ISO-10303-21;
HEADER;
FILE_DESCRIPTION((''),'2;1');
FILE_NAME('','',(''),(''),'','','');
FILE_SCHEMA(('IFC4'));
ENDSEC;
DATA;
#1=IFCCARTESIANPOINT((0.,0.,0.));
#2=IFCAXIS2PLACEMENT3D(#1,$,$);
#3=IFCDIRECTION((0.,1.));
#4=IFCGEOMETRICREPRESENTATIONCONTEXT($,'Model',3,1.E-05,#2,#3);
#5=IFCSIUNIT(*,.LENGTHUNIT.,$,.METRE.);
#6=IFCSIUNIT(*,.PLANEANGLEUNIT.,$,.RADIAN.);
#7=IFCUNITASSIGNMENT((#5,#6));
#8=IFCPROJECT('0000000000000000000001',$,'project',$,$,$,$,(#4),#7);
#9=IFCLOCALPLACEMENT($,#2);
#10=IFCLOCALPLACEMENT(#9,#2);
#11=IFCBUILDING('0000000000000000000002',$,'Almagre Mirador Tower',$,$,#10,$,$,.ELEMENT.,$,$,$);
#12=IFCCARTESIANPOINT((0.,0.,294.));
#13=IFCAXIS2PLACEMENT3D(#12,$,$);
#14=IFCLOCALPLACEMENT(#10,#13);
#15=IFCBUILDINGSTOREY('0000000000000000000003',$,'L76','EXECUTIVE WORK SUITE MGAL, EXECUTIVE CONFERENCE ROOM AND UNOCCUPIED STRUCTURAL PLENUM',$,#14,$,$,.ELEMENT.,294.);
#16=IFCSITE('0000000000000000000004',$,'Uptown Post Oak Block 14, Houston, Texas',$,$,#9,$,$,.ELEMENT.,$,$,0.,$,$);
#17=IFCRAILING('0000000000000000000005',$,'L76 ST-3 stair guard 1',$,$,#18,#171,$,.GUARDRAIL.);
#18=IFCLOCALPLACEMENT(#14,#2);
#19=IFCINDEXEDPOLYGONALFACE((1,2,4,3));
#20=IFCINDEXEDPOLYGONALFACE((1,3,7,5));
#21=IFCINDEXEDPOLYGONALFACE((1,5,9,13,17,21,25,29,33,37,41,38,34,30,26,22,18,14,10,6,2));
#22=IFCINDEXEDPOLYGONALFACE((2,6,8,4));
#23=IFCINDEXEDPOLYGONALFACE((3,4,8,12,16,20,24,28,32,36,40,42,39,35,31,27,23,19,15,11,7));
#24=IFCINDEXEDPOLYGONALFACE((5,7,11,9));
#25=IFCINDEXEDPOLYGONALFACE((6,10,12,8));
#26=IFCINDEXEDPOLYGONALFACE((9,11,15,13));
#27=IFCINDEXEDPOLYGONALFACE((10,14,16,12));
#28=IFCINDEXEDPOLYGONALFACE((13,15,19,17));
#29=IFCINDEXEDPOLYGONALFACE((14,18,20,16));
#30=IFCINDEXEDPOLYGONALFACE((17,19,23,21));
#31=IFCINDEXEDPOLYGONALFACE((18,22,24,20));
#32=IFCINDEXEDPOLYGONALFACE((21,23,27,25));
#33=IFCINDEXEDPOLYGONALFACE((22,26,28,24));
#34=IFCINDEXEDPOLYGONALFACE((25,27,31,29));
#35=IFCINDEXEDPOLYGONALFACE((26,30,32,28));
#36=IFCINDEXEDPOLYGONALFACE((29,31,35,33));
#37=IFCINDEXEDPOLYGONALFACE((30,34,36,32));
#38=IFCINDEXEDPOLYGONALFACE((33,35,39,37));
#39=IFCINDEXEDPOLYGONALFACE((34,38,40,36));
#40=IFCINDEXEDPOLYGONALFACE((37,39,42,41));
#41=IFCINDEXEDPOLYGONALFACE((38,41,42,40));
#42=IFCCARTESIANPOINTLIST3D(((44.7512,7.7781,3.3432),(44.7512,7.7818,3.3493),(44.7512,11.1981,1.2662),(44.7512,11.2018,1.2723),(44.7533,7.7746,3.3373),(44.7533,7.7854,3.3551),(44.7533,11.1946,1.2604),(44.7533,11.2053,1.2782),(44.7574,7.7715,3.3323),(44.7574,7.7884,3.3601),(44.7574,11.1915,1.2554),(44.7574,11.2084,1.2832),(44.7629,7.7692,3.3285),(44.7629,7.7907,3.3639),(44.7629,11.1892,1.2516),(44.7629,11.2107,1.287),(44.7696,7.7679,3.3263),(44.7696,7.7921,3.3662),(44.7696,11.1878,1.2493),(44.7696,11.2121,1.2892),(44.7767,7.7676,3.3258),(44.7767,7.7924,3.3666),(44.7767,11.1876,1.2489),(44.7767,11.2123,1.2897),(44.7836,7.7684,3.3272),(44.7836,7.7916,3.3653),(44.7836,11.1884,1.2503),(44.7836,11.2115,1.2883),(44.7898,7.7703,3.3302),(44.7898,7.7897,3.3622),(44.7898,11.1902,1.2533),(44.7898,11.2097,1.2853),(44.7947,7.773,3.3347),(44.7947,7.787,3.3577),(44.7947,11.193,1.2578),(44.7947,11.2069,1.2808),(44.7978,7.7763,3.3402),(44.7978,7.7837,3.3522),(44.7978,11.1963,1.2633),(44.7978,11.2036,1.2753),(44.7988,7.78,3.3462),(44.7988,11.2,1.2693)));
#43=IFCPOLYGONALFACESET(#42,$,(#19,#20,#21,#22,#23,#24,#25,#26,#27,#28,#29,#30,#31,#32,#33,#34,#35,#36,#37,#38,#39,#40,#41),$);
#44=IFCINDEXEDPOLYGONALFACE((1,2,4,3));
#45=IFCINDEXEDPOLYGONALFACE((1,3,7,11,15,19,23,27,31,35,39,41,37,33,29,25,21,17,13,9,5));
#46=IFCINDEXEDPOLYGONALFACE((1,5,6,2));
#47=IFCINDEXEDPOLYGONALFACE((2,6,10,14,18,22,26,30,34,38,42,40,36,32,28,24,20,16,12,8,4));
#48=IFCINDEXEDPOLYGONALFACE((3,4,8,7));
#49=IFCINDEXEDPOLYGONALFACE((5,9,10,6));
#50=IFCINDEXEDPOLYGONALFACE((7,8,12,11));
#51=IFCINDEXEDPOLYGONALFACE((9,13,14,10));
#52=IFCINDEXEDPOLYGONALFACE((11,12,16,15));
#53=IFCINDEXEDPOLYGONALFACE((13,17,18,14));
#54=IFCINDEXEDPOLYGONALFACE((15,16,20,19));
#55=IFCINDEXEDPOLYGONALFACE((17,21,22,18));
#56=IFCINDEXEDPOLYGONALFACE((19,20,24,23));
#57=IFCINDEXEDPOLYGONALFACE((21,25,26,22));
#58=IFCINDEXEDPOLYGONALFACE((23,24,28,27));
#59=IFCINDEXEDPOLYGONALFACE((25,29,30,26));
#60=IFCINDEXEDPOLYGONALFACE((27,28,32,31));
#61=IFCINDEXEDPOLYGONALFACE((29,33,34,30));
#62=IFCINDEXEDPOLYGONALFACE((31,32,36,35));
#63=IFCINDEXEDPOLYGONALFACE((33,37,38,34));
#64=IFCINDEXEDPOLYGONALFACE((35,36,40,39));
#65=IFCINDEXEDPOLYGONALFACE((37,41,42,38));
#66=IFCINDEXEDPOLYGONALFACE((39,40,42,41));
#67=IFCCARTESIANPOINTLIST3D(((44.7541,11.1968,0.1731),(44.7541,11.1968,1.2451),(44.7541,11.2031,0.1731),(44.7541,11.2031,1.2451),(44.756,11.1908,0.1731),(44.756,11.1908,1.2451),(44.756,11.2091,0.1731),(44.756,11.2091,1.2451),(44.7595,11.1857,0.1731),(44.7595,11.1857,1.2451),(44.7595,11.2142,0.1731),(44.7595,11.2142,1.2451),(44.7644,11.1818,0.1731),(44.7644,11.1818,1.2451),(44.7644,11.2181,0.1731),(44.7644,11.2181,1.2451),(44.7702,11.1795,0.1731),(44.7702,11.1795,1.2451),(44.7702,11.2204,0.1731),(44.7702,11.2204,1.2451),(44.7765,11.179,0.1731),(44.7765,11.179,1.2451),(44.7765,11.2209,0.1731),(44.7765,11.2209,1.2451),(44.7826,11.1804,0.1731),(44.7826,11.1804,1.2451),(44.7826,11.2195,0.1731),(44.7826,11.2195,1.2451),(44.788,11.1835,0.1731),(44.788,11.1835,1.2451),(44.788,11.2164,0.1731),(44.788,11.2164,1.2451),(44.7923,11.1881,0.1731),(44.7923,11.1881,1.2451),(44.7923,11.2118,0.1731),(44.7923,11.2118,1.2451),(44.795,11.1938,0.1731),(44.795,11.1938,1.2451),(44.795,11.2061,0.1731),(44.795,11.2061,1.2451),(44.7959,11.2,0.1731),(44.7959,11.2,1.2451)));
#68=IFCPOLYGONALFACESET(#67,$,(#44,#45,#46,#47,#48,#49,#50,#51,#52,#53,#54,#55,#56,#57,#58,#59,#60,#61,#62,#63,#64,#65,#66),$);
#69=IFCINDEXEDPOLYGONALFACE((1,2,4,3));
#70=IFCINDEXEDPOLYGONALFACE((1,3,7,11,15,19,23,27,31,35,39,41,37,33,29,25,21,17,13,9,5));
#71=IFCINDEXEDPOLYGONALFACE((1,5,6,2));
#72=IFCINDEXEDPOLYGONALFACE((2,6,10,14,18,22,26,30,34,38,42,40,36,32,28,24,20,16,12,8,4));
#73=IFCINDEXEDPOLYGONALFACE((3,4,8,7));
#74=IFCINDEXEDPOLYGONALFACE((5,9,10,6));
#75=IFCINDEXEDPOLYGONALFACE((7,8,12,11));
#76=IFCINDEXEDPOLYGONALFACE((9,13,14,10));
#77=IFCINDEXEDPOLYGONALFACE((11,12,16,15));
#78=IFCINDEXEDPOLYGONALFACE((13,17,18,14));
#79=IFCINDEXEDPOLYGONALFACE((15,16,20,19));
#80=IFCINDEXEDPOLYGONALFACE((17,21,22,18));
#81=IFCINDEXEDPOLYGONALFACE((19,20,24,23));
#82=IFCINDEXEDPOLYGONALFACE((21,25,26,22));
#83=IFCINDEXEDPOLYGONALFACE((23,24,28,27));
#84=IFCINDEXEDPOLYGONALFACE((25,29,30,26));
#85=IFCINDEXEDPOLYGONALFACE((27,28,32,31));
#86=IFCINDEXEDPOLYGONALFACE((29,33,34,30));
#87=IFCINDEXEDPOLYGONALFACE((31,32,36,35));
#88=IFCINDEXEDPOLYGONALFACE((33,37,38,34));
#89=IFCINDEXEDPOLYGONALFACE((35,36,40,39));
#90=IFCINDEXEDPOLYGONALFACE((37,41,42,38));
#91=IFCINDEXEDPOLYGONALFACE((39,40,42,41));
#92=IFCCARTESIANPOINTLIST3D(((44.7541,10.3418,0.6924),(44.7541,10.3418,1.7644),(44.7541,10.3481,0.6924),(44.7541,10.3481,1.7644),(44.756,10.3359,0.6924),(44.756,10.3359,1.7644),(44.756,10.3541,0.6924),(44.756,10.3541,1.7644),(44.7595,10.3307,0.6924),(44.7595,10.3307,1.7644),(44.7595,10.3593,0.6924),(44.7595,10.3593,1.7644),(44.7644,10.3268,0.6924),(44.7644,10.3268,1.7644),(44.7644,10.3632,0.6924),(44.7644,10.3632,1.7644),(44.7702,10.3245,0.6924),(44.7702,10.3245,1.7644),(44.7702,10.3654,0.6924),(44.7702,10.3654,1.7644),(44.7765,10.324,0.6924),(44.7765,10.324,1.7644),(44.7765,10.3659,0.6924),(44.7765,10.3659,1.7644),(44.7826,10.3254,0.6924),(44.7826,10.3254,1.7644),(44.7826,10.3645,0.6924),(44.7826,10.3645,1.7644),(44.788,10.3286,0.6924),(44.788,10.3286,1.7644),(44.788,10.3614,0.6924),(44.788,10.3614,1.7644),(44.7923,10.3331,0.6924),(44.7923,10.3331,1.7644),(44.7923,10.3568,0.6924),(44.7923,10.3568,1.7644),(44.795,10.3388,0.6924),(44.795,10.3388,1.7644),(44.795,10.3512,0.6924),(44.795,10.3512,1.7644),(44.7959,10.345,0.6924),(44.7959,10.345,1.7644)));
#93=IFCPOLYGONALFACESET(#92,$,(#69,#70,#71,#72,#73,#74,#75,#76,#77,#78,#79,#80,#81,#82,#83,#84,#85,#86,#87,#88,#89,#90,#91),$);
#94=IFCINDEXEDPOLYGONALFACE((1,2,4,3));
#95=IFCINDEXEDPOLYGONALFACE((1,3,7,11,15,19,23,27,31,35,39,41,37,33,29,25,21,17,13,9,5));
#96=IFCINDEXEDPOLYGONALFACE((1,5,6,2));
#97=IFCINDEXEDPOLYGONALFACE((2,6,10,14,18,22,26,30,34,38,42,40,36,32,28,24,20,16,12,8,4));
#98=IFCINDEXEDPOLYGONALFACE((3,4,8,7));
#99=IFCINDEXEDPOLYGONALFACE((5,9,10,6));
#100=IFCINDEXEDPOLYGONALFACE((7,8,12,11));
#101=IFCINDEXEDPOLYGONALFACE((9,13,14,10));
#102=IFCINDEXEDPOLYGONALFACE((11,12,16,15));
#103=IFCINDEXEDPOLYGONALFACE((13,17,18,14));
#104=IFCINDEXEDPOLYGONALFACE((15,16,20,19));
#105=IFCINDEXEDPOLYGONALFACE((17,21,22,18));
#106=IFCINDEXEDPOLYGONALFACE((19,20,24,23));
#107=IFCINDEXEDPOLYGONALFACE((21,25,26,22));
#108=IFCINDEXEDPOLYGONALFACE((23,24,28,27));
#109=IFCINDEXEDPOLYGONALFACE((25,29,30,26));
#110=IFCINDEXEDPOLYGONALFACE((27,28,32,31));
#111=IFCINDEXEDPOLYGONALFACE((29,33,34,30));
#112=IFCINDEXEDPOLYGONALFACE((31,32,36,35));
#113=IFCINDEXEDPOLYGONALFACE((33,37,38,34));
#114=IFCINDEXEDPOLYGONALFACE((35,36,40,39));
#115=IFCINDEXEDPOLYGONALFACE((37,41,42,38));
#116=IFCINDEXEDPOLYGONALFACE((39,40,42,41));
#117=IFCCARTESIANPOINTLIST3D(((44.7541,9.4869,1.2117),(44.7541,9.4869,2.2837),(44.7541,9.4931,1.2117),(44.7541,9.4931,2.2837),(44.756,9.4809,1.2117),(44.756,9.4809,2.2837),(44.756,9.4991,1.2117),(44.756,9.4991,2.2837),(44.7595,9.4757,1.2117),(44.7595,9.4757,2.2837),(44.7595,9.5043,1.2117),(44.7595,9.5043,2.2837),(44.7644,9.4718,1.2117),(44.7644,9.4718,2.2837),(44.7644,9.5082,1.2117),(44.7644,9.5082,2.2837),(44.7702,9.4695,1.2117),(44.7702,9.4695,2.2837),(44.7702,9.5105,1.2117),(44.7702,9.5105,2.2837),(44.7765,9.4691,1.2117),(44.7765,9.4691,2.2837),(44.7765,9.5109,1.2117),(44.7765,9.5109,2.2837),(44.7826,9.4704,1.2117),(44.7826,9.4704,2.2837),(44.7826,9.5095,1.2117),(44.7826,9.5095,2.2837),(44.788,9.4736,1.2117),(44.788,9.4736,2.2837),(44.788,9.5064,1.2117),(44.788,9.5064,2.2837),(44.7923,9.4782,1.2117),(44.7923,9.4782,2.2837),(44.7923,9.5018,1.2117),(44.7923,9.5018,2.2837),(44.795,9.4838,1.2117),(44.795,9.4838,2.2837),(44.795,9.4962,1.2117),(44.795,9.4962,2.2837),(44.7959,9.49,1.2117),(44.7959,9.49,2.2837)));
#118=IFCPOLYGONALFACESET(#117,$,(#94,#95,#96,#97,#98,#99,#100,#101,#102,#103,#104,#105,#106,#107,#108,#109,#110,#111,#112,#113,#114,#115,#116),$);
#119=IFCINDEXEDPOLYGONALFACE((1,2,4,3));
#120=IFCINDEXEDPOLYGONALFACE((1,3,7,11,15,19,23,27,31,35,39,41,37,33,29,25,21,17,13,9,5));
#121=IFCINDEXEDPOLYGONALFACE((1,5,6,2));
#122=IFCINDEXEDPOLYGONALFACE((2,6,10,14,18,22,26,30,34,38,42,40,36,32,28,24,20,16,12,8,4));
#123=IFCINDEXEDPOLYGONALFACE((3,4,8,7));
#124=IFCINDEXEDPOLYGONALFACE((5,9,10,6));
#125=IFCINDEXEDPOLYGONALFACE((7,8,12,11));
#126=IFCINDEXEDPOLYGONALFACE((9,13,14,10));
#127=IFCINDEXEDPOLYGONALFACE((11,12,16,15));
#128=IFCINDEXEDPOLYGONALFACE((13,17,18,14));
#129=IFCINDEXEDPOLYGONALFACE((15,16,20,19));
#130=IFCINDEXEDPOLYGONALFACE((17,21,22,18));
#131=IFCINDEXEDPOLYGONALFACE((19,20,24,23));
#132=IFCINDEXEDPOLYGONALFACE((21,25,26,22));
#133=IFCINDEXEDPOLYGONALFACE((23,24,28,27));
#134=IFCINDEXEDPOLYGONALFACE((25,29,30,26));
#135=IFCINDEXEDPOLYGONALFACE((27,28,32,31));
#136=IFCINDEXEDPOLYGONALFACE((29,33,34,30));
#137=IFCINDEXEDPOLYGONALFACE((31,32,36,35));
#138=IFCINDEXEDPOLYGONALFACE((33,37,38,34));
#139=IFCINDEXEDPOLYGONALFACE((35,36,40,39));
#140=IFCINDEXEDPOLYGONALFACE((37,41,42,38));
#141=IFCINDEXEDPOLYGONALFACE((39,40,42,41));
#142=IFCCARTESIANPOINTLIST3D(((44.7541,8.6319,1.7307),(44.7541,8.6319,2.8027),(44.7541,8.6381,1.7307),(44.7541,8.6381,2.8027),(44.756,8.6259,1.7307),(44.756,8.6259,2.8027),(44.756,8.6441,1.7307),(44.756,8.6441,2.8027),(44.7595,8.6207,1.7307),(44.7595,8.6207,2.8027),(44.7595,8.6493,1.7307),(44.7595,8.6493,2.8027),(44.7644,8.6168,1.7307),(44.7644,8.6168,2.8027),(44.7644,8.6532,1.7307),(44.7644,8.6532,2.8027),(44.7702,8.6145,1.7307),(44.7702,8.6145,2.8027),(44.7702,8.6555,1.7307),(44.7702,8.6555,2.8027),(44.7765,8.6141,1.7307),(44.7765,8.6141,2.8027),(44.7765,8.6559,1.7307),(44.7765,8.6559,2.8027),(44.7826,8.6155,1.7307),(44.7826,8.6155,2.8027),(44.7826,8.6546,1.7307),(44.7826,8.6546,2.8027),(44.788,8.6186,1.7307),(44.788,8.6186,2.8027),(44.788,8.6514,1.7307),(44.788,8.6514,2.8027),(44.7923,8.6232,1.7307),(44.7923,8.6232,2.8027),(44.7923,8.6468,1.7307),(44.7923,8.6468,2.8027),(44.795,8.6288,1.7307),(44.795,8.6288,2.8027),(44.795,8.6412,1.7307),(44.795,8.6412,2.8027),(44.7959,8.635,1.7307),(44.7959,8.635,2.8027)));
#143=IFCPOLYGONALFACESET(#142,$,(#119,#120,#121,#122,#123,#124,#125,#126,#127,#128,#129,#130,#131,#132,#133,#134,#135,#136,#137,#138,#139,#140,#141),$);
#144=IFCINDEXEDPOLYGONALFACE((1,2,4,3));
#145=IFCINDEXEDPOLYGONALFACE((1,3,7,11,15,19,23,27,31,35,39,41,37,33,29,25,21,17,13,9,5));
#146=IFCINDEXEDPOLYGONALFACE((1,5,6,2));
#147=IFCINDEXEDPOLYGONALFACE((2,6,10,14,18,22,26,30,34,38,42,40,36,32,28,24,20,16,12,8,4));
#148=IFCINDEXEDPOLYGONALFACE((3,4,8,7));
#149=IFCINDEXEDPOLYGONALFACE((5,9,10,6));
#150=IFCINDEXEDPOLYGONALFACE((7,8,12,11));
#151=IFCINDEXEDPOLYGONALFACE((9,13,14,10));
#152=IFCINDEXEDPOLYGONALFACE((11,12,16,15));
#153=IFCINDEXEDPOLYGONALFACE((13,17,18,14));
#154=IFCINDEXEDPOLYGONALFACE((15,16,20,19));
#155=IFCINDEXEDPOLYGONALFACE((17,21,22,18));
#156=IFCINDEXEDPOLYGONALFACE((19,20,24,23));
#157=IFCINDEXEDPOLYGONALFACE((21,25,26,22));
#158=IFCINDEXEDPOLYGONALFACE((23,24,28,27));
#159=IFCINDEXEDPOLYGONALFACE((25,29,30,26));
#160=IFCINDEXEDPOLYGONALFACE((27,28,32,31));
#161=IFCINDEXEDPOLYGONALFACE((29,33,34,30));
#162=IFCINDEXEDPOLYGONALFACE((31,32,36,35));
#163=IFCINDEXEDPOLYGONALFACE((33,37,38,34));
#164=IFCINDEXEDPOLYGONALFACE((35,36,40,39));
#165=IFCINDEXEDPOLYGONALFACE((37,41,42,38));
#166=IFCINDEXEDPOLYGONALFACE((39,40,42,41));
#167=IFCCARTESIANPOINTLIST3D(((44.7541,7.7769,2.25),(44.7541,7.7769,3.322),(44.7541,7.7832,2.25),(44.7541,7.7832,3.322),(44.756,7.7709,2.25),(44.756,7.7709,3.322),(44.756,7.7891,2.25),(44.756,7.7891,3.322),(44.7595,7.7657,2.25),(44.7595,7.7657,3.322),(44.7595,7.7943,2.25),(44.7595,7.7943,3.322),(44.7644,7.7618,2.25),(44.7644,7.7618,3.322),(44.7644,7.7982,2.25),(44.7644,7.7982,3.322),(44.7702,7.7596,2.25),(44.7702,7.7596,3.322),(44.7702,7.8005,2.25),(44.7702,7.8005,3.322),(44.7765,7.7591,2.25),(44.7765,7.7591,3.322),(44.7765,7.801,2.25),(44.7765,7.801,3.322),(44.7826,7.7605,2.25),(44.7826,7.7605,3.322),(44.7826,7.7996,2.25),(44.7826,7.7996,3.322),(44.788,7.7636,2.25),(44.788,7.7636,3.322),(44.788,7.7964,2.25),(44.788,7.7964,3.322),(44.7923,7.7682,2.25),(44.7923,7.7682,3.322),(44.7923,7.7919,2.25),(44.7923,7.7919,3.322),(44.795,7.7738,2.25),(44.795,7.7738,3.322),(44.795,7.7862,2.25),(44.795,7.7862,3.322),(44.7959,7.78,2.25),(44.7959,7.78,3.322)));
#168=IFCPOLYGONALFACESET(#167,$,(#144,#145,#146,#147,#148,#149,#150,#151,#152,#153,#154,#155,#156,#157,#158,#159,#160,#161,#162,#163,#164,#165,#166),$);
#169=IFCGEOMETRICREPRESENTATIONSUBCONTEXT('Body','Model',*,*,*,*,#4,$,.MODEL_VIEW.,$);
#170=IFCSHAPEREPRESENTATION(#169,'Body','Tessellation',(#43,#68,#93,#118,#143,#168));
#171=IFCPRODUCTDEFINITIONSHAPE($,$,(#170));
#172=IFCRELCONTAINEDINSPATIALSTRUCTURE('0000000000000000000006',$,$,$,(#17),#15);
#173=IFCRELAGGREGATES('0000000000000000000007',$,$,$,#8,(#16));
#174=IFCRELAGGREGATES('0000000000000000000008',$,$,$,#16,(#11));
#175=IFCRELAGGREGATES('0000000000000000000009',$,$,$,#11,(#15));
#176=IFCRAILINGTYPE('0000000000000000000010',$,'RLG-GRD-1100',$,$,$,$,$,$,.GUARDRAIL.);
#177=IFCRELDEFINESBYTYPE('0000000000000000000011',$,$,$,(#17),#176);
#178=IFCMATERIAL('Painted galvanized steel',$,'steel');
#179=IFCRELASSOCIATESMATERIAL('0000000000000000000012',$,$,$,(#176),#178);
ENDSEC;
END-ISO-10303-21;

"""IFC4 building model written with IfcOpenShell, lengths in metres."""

from ifc_helpers import new_model, si_unit, direction, frame, origin, origin_2d, place, context, subcontext, project, spatial, circle, extrude, material, type_object, element, save


model = new_model("IFC4")

# Units and contexts
model_context = context("Model", 3, precision=1e-05, world=origin(), true_north=direction((0.0, 1.0)))
body_context = subcontext(model_context, "Body", "Model", "MODEL_VIEW")
ifc_project = project(units=[si_unit("LENGTHUNIT", "METRE"), si_unit("PLANEANGLEUNIT", "RADIAN")], contexts=[model_context])

# Site, building, storey
site_placement = place(None, origin())
site = spatial("IfcSite", under=ifc_project, at=site_placement, Name="Uptown Post Oak Block 14, Houston, Texas", CompositionType="ELEMENT", RefElevation=0.0)
building_placement = place(site_placement, origin())
building = spatial("IfcBuilding", under=site, at=building_placement, Name="Almagre Mirador Tower", CompositionType="ELEMENT")
storey_placement = place(building_placement, frame((0.0, 0.0, 294.0)))
storey = spatial("IfcBuildingStorey", under=building, at=storey_placement, Name="L76", Description="EXECUTIVE WORK SUITE MGAL, EXECUTIVE CONFERENCE ROOM AND UNOCCUPIED STRUCTURAL PLENUM", CompositionType="ELEMENT", Elevation=294.0)

# Railing
ifc_material_1 = material(Name="Painted galvanized steel", Category="steel")
railing_type_1 = type_object("IfcRailingType", Name="RLG-GRD-1100", PredefinedType="GUARDRAIL", material=ifc_material_1)
railing_1_placement = place(storey_placement, frame((44.7749, 11.2, 0.1731)))
element("IfcRailing", 1, at=railing_1_placement, inside=storey, type_object=railing_type_1, Name="L76 ST-3 stair guard 1", PredefinedType="GUARDRAIL", context=body_context, shape_type="SweptSolid", body=[
    extrude(circle(Radius=0.0239, at=origin_2d()), frame((0.0, 0.0, 1.0962), z_axis=(0.0, -0.85473, 0.519074), x_axis=(1.0, 0.0, 0.0)), (0.0, 0.0, 1.0), 4.0012),
    extrude(circle(Radius=0.021, at=origin_2d()), origin(), (0.0, 0.0, 1.0), 1.072),
    extrude(circle(Radius=0.021, at=origin_2d()), frame((0.0, -0.855, 0.5193)), (0.0, 0.0, 1.0), 1.072),
    extrude(circle(Radius=0.021, at=origin_2d()), frame((0.0, -1.71, 1.0386)), (0.0, 0.0, 1.0), 1.072),
    extrude(circle(Radius=0.021, at=origin_2d()), frame((0.0, -2.5649, 1.5576)), (0.0, 0.0, 1.0), 1.072),
    extrude(circle(Radius=0.021, at=origin_2d()), frame((0.0, -3.4199, 2.0769)), (0.0, 0.0, 1.0), 1.072),
])

save(model, "model.ifc")
